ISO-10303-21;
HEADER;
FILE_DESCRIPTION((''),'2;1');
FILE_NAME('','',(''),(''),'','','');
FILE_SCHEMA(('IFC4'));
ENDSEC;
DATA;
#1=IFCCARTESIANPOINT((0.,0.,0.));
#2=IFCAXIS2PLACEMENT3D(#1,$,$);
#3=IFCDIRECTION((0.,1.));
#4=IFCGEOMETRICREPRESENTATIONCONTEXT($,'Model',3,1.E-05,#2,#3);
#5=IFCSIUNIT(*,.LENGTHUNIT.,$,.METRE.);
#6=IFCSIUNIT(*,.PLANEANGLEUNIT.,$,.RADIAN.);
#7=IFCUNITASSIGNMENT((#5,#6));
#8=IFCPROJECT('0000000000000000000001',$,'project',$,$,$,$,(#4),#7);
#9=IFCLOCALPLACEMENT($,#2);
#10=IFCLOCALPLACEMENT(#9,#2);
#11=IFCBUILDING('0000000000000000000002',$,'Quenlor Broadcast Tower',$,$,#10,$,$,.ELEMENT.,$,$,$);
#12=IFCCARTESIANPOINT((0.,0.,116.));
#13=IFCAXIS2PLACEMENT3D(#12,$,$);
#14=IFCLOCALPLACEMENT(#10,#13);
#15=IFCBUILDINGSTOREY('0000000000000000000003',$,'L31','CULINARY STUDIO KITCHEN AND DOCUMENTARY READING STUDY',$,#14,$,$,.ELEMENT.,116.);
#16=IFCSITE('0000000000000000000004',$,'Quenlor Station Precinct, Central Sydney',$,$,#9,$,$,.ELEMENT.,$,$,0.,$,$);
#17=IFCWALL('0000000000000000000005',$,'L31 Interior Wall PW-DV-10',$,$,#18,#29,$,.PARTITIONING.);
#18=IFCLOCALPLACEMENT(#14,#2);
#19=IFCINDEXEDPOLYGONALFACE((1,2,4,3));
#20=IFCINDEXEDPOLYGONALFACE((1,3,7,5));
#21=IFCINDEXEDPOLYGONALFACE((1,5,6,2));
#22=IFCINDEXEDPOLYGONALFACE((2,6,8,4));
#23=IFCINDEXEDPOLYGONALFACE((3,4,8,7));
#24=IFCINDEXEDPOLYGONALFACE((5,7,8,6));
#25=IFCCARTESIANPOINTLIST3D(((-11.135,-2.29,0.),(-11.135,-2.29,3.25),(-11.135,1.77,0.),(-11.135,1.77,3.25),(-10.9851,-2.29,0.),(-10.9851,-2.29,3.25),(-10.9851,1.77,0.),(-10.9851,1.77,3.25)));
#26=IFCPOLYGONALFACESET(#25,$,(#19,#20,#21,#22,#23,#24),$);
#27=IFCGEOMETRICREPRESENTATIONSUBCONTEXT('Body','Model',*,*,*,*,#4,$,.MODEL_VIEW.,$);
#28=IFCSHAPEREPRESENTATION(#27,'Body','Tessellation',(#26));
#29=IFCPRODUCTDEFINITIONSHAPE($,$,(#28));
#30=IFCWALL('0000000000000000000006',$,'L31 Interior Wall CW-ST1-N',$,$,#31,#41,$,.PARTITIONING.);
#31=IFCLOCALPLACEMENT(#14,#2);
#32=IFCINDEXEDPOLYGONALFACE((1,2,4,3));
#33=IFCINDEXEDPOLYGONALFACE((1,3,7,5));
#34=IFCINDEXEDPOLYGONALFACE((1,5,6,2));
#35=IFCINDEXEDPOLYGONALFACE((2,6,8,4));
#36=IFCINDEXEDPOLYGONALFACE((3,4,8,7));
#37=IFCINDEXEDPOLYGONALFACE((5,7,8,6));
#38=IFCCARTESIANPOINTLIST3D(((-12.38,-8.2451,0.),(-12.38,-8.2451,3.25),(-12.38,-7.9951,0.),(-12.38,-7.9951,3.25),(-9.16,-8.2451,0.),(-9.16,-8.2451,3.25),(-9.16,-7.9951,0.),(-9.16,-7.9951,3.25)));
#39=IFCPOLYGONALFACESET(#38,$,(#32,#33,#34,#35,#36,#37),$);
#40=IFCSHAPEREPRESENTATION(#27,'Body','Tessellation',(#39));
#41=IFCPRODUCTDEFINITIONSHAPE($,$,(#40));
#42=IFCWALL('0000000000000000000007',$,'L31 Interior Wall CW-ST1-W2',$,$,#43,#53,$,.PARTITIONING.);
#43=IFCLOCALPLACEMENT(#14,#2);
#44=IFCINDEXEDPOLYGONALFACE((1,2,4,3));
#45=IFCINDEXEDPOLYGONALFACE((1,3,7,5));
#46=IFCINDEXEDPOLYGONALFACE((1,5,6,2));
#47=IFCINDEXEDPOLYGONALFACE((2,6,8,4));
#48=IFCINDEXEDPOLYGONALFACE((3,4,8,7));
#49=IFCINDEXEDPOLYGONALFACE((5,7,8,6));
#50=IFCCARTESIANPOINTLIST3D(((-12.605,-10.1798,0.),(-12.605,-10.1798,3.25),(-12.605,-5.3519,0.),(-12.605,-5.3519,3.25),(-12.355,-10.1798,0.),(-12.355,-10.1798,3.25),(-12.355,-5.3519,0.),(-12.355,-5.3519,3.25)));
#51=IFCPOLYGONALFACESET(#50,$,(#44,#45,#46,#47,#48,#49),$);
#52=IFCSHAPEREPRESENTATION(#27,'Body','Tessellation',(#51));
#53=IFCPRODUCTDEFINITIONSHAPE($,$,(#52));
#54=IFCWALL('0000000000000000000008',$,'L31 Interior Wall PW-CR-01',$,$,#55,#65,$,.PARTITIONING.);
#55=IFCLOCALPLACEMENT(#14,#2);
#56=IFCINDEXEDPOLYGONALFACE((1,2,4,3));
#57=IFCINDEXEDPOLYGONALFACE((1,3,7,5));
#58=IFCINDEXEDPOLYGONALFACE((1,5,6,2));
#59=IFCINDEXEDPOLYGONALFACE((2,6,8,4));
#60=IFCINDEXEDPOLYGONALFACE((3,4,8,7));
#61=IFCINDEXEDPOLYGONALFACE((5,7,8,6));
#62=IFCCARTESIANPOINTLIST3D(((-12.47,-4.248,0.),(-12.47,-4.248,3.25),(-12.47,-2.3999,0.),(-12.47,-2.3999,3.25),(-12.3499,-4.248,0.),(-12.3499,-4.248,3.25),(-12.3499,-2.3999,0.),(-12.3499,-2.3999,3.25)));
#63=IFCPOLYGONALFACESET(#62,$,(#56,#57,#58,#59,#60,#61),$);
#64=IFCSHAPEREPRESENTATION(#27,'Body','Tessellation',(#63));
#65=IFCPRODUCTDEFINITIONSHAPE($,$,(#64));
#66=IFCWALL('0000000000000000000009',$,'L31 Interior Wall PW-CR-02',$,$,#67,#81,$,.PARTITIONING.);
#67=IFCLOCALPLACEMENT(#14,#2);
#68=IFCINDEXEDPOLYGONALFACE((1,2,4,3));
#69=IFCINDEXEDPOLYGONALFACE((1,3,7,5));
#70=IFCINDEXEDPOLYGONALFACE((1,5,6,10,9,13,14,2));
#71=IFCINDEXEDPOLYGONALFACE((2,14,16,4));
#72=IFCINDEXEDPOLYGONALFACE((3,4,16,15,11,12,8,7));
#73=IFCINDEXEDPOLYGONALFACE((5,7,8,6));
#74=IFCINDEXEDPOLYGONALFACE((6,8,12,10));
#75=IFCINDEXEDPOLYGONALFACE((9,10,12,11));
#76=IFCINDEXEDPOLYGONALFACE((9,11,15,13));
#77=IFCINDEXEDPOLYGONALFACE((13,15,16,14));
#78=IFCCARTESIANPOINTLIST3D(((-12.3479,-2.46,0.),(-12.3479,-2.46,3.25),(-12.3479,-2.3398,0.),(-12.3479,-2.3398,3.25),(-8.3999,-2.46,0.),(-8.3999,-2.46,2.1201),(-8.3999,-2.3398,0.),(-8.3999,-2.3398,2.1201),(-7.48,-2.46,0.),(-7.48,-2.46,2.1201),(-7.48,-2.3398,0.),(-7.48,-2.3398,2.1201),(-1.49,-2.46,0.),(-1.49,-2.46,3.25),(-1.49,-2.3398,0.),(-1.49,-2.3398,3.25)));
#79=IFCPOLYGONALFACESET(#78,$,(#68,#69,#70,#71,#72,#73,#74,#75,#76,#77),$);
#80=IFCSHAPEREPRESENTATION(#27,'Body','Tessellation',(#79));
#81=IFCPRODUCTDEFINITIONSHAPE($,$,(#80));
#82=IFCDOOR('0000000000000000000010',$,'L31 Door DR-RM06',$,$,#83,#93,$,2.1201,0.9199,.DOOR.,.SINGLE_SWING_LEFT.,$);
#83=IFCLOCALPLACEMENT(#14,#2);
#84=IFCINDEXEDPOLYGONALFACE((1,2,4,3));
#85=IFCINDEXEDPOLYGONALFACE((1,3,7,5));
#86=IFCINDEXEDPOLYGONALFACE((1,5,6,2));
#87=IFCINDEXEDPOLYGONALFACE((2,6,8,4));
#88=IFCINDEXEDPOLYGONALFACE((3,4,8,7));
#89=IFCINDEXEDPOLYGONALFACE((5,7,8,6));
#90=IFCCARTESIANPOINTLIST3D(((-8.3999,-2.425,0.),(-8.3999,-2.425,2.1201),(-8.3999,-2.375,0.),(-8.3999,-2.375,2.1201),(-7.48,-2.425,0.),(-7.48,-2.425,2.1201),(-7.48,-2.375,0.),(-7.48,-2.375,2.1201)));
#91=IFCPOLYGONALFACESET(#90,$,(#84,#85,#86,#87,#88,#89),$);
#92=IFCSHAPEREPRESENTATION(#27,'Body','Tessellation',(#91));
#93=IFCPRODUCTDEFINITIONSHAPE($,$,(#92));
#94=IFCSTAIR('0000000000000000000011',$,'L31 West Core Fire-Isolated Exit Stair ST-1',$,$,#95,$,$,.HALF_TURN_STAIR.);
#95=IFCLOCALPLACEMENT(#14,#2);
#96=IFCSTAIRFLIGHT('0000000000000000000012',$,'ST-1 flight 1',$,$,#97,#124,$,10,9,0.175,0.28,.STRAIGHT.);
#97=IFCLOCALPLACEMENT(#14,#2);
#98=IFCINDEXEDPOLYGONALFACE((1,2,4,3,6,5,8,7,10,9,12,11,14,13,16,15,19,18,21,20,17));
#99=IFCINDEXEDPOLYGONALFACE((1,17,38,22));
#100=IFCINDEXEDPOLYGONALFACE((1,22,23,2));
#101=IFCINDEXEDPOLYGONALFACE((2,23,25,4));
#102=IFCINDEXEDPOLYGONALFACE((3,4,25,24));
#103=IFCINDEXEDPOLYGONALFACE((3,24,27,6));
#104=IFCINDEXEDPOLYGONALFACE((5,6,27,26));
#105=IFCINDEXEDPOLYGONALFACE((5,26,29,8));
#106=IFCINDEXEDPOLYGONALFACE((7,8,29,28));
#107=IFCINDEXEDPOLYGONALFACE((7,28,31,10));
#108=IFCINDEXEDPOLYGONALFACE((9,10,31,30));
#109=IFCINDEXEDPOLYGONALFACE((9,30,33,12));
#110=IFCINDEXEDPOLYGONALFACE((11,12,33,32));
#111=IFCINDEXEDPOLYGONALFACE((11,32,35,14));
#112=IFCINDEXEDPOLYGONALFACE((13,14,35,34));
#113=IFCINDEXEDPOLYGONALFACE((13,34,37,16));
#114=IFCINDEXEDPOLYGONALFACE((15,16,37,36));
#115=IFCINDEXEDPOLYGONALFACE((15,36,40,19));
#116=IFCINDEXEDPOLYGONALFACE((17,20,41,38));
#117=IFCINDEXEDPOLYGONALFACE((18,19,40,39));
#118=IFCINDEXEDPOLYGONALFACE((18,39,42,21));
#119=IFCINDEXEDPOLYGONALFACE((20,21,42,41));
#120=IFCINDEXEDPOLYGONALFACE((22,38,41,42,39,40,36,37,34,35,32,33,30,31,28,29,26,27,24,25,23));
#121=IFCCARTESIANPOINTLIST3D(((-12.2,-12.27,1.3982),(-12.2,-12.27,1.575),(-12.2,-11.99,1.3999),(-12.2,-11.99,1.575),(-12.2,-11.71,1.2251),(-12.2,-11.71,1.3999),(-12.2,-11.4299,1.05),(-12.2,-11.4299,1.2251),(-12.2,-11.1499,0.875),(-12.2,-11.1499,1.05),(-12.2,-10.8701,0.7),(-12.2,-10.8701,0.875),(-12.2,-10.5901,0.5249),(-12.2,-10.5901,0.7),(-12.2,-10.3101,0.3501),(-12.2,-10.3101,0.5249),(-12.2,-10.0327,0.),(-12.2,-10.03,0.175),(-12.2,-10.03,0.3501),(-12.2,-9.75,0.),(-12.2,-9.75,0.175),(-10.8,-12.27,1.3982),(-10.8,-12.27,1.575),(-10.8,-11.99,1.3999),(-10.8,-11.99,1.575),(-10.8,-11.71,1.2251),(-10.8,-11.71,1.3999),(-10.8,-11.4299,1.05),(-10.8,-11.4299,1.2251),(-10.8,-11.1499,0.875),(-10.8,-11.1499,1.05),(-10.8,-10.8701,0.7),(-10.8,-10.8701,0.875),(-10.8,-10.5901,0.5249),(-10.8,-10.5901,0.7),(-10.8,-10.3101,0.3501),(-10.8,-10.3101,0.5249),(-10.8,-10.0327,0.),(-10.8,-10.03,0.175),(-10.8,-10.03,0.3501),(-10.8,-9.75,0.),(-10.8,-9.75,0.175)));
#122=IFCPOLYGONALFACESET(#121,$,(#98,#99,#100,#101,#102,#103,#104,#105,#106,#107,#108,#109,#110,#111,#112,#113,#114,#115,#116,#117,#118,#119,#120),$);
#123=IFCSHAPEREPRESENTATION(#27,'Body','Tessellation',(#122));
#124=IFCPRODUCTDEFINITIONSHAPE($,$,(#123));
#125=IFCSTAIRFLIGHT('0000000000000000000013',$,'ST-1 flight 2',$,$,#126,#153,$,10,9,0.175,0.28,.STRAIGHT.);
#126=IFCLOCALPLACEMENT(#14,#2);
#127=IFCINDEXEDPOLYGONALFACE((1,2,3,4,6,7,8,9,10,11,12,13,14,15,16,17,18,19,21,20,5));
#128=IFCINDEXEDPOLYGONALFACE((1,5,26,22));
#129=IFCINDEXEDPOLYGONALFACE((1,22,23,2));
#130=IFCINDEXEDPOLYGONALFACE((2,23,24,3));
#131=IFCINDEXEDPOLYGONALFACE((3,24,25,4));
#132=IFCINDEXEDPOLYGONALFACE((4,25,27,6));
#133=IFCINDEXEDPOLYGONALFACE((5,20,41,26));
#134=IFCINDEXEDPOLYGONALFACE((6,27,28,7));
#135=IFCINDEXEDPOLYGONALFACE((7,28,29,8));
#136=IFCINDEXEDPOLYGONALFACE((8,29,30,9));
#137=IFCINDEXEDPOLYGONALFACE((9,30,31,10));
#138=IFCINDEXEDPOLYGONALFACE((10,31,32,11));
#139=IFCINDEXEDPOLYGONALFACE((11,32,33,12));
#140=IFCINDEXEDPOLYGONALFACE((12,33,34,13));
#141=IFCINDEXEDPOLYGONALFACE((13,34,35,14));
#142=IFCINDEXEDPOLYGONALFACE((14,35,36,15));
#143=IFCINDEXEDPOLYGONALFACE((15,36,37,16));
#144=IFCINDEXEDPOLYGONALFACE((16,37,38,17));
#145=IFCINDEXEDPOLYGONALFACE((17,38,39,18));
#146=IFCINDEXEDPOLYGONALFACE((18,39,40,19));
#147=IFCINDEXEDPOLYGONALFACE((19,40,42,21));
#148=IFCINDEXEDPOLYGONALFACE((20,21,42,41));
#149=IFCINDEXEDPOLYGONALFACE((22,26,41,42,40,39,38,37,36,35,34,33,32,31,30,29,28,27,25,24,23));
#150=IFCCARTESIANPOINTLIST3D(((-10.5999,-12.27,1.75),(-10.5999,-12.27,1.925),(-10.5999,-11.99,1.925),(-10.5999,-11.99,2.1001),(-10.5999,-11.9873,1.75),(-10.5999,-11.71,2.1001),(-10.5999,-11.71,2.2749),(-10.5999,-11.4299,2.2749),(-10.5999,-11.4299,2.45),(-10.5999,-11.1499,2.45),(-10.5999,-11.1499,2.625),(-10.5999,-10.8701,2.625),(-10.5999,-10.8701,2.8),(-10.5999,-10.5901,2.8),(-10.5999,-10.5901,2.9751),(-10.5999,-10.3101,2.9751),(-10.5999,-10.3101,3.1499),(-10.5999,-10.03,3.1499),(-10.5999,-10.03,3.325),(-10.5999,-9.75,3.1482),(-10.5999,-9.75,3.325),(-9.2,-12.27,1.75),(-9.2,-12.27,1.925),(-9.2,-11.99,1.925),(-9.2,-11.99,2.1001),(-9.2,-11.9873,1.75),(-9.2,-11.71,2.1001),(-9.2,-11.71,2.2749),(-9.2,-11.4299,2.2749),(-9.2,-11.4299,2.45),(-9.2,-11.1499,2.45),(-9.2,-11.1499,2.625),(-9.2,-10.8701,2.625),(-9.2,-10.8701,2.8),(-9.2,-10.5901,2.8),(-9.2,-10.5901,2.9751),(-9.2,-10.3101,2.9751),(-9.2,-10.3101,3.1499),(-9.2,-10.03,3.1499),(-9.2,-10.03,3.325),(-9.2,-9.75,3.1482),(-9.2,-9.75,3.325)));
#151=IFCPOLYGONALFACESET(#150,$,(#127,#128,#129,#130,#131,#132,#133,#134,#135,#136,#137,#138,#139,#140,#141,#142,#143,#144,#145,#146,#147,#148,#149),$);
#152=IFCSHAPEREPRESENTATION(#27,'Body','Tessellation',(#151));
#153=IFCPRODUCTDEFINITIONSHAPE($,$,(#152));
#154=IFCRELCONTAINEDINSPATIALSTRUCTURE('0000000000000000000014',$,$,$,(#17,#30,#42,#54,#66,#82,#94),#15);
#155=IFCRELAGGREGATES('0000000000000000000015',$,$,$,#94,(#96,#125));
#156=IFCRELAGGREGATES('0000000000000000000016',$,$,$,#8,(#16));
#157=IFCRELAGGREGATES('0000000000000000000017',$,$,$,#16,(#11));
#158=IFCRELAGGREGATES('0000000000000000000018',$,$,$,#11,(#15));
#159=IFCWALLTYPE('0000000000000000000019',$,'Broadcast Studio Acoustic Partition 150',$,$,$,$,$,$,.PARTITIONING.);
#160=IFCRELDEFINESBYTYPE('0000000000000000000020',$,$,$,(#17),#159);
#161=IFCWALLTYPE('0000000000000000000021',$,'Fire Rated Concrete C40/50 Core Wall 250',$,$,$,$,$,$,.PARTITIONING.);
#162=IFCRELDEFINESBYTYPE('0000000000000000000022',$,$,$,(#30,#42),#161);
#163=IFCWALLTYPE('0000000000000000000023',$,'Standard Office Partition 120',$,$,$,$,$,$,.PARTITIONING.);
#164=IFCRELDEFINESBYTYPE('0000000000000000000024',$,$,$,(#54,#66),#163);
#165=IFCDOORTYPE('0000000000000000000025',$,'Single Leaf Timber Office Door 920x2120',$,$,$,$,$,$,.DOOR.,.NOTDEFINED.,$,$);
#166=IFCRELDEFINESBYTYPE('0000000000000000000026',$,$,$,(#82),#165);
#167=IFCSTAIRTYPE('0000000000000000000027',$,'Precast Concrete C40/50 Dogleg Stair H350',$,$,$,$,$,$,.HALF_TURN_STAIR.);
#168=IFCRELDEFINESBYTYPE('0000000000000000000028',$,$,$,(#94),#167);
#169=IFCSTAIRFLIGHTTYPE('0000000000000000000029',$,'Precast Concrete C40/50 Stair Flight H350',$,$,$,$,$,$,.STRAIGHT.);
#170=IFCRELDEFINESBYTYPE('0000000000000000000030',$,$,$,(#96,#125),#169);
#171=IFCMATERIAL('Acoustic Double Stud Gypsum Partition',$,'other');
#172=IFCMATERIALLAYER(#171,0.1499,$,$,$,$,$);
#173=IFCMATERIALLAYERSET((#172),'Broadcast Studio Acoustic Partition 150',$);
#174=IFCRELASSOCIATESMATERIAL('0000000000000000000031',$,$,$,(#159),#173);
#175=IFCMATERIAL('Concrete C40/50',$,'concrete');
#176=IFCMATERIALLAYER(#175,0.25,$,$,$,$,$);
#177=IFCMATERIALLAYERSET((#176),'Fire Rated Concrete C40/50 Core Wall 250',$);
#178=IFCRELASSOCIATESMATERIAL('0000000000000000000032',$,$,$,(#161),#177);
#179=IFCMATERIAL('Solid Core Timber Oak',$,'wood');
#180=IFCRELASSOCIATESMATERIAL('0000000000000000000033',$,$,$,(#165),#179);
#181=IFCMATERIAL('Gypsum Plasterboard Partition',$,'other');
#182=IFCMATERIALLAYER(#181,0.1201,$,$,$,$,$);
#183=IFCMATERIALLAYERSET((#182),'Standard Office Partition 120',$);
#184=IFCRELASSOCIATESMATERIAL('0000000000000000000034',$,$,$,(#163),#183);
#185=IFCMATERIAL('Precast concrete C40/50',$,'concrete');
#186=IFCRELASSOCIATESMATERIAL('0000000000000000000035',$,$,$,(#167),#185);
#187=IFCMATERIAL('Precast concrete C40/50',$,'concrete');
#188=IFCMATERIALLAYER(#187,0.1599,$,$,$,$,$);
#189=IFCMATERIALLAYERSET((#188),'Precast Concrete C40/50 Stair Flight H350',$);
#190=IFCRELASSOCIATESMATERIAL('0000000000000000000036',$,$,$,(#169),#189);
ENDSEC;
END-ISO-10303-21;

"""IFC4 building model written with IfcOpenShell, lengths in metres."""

from ifc_helpers import new_model, si_unit, direction, frame, frame_2d, origin, place, context, subcontext, project, spatial, polyline, rectangle, outline, extrude, material, layer, layer_set, type_object, element, fill, aggregate, save


model = new_model("IFC4")

# Units and contexts
model_context = context("Model", 3, precision=1e-05, world=origin(), true_north=direction((0.0, 1.0)))
body_context = subcontext(model_context, "Body", "Model", "MODEL_VIEW")
ifc_project = project(units=[si_unit("LENGTHUNIT", "METRE"), si_unit("PLANEANGLEUNIT", "RADIAN")], contexts=[model_context])

# Site, building, storey
site_placement = place(None, origin())
site = spatial("IfcSite", under=ifc_project, at=site_placement, Name="Quenlor Station Precinct, Central Sydney", CompositionType="ELEMENT", RefElevation=0.0)
building_placement = place(site_placement, origin())
building = spatial("IfcBuilding", under=site, at=building_placement, Name="Quenlor Broadcast Tower", CompositionType="ELEMENT")
storey_placement = place(building_placement, frame((0.0, 0.0, 116.0)))
storey = spatial("IfcBuildingStorey", under=building, at=storey_placement, Name="L31", Description="CULINARY STUDIO KITCHEN AND DOCUMENTARY READING STUDY", CompositionType="ELEMENT", Elevation=116.0)

# Walls
ifc_material_1 = material(Name="Acoustic Double Stud Gypsum Partition", Category="other")
ifc_layer_1 = layer(ifc_material_1, 0.1499)
ifc_layer_set_1 = layer_set([ifc_layer_1], Name="Broadcast Studio Acoustic Partition 150")
wall_type_1 = type_object("IfcWallType", Name="Broadcast Studio Acoustic Partition 150", PredefinedType="PARTITIONING", material=ifc_layer_set_1)
wall_1_placement = place(storey_placement, frame((-11.0601, -2.29, 0.0), z_axis=(0.0, 0.0, 1.0), x_axis=(0.0, 1.0, 0.0)))
element("IfcWall", 1, at=wall_1_placement, inside=storey, type_object=wall_type_1, Name="L31 Interior Wall PW-DV-10", PredefinedType="PARTITIONING", context=body_context, shape_type="SweptSolid", body=[
    extrude(rectangle(XDim=4.0601, YDim=0.1499, at=frame_2d((2.03, 0.0))), origin(), (0.0, 0.0, 1.0), 3.25),
])
ifc_material_2 = material(Name="Concrete C40/50", Category="concrete")
ifc_layer_2 = layer(ifc_material_2, 0.25)
ifc_layer_set_2 = layer_set([ifc_layer_2], Name="Fire Rated Concrete C40/50 Core Wall 250")
wall_type_2 = type_object("IfcWallType", Name="Fire Rated Concrete C40/50 Core Wall 250", PredefinedType="PARTITIONING", material=ifc_layer_set_2)
wall_2_placement = place(storey_placement, frame((-12.3799, -8.1201, 0.0), z_axis=(0.0, 0.0, 1.0), x_axis=(1.0, 0.0, 0.0)))
element("IfcWall", 2, at=wall_2_placement, inside=storey, type_object=wall_type_2, Name="L31 Interior Wall CW-ST1-N", PredefinedType="PARTITIONING", context=body_context, shape_type="SweptSolid", body=[
    extrude(rectangle(XDim=3.22, YDim=0.25, at=frame_2d((1.6099, 0.0))), origin(), (0.0, 0.0, 1.0), 3.25),
])
wall_3_placement = place(storey_placement, frame((-12.48, -10.1799, 0.0), z_axis=(0.0, 0.0, 1.0), x_axis=(0.0, 1.0, 0.0)))
element("IfcWall", 3, at=wall_3_placement, inside=storey, type_object=wall_type_2, Name="L31 Interior Wall CW-ST1-W2", PredefinedType="PARTITIONING", context=body_context, shape_type="SweptSolid", body=[
    extrude(rectangle(XDim=4.8279, YDim=0.25, at=frame_2d((2.4141, 0.0))), origin(), (0.0, 0.0, 1.0), 3.25),
])

# Shared definitions
ifc_material_3 = material(Name="Solid Core Timber Oak", Category="wood")
door_type = type_object("IfcDoorType", Name="Single Leaf Timber Office Door 920x2120", OperationType="NOTDEFINED", PredefinedType="DOOR", material=ifc_material_3)

# Wall
ifc_material_4 = material(Name="Gypsum Plasterboard Partition", Category="other")
ifc_layer_3 = layer(ifc_material_4, 0.1201)
ifc_layer_set_3 = layer_set([ifc_layer_3], Name="Standard Office Partition 120")
wall_type_3 = type_object("IfcWallType", Name="Standard Office Partition 120", PredefinedType="PARTITIONING", material=ifc_layer_set_3)
wall_4_placement = place(storey_placement, frame((-12.4099, -4.248, 0.0), z_axis=(0.0, 0.0, 1.0), x_axis=(0.0, 1.0, 0.0)))
element("IfcWall", 4, at=wall_4_placement, inside=storey, type_object=wall_type_3, Name="L31 Interior Wall PW-CR-01", PredefinedType="PARTITIONING", context=body_context, shape_type="SweptSolid", body=[
    extrude(rectangle(XDim=1.8481, YDim=0.1201, at=frame_2d((0.9241, 0.0))), origin(), (0.0, 0.0, 1.0), 3.25),
])

# Wall, opening, door
wall_5_placement = place(storey_placement, frame((-12.3479, -2.3999, 0.0), z_axis=(0.0, 0.0, 1.0), x_axis=(1.0, 0.0, 0.0)))
wall_5 = element("IfcWall", 5, at=wall_5_placement, inside=storey, type_object=wall_type_3, Name="L31 Interior Wall PW-CR-02", PredefinedType="PARTITIONING", context=body_context, shape_type="SweptSolid", body=[
    extrude(rectangle(XDim=10.8579, YDim=0.1201, at=frame_2d((5.429, 0.0))), origin(), (0.0, 0.0, 1.0), 3.25),
])
opening_1_placement = place(wall_5_placement, frame((3.948, 0.0, 0.0)))
opening_1 = element("IfcOpeningElement", 6, at=opening_1_placement, cuts=wall_5, PredefinedType="OPENING", context=body_context, shape_type="SweptSolid", body=[
    extrude(rectangle(XDim=0.9199, YDim=2.1201, at=frame_2d((0.46, 1.0601))), frame((0.0, 0.0701, 0.0), z_axis=(0.0, -1.0, 0.0), x_axis=(1.0, 0.0, 0.0)), (0.0, 0.0, 1.0), 0.1401),
])
door_1_placement = place(opening_1_placement, origin())
door_1 = element("IfcDoor", 7, at=door_1_placement, inside=storey, type_object=door_type, Name="L31 Door DR-RM06", OperationType="SINGLE_SWING_LEFT", OverallHeight=2.1201, OverallWidth=0.9199, PredefinedType="DOOR", context=body_context, shape_type="SweptSolid", body=[
    extrude(rectangle(XDim=0.9199, YDim=2.1201, at=frame_2d((0.46, 1.0601))), frame((0.0, 0.0249, 0.0), z_axis=(0.0, -1.0, 0.0), x_axis=(1.0, 0.0, 0.0)), (0.0, 0.0, 1.0), 0.05),
])
fill(opening_1, door_1)

# Stair, stair flights
ifc_material_5 = material(Name="Precast concrete C40/50", Category="concrete")
stair_type = type_object("IfcStairType", Name="Precast Concrete C40/50 Dogleg Stair H350", PredefinedType="HALF_TURN_STAIR", material=ifc_material_5)
stair_placement = place(storey_placement, origin())
stair = element("IfcStair", 8, at=stair_placement, inside=storey, type_object=stair_type, Name="L31 West Core Fire-Isolated Exit Stair ST-1", PredefinedType="HALF_TURN_STAIR")
ifc_material_6 = material(Name="Precast concrete C40/50", Category="concrete")
ifc_layer_4 = layer(ifc_material_6, 0.1599)
ifc_layer_set_4 = layer_set([ifc_layer_4], Name="Precast Concrete C40/50 Stair Flight H350")
stair_flight_type = type_object("IfcStairFlightType", Name="Precast Concrete C40/50 Stair Flight H350", PredefinedType="STRAIGHT", material=ifc_layer_set_4)
stair_flight_1_placement = place(storey_placement, frame((-11.5, -9.75, 0.0), z_axis=(0.0, 0.0, 1.0), x_axis=(0.0, -1.0, 0.0)))
stair_flight_1 = element("IfcStairFlight", 9, at=stair_flight_1_placement, type_object=stair_flight_type, Name="ST-1 flight 1", NumberOfRisers=10, NumberOfTreads=9, PredefinedType="STRAIGHT", RiserHeight=0.175, TreadLength=0.28, context=body_context, shape_type="SweptSolid", body=[
    extrude(outline(polyline([(0.0, 0.0), (0.0, 0.175), (0.28, 0.175), (0.28, 0.3501), (0.5601, 0.3501), (0.5601, 0.5249), (0.8401, 0.5249), (0.8401, 0.7), (1.1201, 0.7), (1.1201, 0.875), (1.3999, 0.875), (1.3999, 1.05), (1.6799, 1.05), (1.6799, 1.2251), (1.96, 1.2251), (1.96, 1.3999), (2.24, 1.3999), (2.24, 1.575), (2.52, 1.575), (2.52, 1.75), (2.52, 1.3982), (0.2827, 0.0), (0.0, 0.0)])), frame((0.0, 0.7, 0.0), z_axis=(0.0, -1.0, 0.0), x_axis=(1.0, 0.0, 0.0)), (0.0, 0.0, 1.0), 1.3999),
])
stair_flight_2_placement = place(storey_placement, frame((-9.8999, -12.27, 1.75), z_axis=(0.0, 0.0, 1.0), x_axis=(0.0, 1.0, 0.0)))
stair_flight_2 = element("IfcStairFlight", 10, at=stair_flight_2_placement, type_object=stair_flight_type, Name="ST-1 flight 2", NumberOfRisers=10, NumberOfTreads=9, PredefinedType="STRAIGHT", RiserHeight=0.175, TreadLength=0.28, context=body_context, shape_type="SweptSolid", body=[
    extrude(outline(polyline([(0.0, 0.0), (0.0, 0.175), (0.28, 0.175), (0.28, 0.3501), (0.5601, 0.3501), (0.5601, 0.5249), (0.8401, 0.5249), (0.8401, 0.7), (1.1201, 0.7), (1.1201, 0.875), (1.3999, 0.875), (1.3999, 1.05), (1.6799, 1.05), (1.6799, 1.2251), (1.96, 1.2251), (1.96, 1.3999), (2.24, 1.3999), (2.24, 1.575), (2.52, 1.575), (2.52, 1.75), (2.52, 1.3982), (0.2827, 0.0), (0.0, 0.0)])), frame((0.0, 0.7, 0.0), z_axis=(0.0, -1.0, 0.0), x_axis=(1.0, 0.0, 0.0)), (0.0, 0.0, 1.0), 1.3999),
])
aggregate(stair, [stair_flight_1, stair_flight_2])

save(model, "model.ifc")
